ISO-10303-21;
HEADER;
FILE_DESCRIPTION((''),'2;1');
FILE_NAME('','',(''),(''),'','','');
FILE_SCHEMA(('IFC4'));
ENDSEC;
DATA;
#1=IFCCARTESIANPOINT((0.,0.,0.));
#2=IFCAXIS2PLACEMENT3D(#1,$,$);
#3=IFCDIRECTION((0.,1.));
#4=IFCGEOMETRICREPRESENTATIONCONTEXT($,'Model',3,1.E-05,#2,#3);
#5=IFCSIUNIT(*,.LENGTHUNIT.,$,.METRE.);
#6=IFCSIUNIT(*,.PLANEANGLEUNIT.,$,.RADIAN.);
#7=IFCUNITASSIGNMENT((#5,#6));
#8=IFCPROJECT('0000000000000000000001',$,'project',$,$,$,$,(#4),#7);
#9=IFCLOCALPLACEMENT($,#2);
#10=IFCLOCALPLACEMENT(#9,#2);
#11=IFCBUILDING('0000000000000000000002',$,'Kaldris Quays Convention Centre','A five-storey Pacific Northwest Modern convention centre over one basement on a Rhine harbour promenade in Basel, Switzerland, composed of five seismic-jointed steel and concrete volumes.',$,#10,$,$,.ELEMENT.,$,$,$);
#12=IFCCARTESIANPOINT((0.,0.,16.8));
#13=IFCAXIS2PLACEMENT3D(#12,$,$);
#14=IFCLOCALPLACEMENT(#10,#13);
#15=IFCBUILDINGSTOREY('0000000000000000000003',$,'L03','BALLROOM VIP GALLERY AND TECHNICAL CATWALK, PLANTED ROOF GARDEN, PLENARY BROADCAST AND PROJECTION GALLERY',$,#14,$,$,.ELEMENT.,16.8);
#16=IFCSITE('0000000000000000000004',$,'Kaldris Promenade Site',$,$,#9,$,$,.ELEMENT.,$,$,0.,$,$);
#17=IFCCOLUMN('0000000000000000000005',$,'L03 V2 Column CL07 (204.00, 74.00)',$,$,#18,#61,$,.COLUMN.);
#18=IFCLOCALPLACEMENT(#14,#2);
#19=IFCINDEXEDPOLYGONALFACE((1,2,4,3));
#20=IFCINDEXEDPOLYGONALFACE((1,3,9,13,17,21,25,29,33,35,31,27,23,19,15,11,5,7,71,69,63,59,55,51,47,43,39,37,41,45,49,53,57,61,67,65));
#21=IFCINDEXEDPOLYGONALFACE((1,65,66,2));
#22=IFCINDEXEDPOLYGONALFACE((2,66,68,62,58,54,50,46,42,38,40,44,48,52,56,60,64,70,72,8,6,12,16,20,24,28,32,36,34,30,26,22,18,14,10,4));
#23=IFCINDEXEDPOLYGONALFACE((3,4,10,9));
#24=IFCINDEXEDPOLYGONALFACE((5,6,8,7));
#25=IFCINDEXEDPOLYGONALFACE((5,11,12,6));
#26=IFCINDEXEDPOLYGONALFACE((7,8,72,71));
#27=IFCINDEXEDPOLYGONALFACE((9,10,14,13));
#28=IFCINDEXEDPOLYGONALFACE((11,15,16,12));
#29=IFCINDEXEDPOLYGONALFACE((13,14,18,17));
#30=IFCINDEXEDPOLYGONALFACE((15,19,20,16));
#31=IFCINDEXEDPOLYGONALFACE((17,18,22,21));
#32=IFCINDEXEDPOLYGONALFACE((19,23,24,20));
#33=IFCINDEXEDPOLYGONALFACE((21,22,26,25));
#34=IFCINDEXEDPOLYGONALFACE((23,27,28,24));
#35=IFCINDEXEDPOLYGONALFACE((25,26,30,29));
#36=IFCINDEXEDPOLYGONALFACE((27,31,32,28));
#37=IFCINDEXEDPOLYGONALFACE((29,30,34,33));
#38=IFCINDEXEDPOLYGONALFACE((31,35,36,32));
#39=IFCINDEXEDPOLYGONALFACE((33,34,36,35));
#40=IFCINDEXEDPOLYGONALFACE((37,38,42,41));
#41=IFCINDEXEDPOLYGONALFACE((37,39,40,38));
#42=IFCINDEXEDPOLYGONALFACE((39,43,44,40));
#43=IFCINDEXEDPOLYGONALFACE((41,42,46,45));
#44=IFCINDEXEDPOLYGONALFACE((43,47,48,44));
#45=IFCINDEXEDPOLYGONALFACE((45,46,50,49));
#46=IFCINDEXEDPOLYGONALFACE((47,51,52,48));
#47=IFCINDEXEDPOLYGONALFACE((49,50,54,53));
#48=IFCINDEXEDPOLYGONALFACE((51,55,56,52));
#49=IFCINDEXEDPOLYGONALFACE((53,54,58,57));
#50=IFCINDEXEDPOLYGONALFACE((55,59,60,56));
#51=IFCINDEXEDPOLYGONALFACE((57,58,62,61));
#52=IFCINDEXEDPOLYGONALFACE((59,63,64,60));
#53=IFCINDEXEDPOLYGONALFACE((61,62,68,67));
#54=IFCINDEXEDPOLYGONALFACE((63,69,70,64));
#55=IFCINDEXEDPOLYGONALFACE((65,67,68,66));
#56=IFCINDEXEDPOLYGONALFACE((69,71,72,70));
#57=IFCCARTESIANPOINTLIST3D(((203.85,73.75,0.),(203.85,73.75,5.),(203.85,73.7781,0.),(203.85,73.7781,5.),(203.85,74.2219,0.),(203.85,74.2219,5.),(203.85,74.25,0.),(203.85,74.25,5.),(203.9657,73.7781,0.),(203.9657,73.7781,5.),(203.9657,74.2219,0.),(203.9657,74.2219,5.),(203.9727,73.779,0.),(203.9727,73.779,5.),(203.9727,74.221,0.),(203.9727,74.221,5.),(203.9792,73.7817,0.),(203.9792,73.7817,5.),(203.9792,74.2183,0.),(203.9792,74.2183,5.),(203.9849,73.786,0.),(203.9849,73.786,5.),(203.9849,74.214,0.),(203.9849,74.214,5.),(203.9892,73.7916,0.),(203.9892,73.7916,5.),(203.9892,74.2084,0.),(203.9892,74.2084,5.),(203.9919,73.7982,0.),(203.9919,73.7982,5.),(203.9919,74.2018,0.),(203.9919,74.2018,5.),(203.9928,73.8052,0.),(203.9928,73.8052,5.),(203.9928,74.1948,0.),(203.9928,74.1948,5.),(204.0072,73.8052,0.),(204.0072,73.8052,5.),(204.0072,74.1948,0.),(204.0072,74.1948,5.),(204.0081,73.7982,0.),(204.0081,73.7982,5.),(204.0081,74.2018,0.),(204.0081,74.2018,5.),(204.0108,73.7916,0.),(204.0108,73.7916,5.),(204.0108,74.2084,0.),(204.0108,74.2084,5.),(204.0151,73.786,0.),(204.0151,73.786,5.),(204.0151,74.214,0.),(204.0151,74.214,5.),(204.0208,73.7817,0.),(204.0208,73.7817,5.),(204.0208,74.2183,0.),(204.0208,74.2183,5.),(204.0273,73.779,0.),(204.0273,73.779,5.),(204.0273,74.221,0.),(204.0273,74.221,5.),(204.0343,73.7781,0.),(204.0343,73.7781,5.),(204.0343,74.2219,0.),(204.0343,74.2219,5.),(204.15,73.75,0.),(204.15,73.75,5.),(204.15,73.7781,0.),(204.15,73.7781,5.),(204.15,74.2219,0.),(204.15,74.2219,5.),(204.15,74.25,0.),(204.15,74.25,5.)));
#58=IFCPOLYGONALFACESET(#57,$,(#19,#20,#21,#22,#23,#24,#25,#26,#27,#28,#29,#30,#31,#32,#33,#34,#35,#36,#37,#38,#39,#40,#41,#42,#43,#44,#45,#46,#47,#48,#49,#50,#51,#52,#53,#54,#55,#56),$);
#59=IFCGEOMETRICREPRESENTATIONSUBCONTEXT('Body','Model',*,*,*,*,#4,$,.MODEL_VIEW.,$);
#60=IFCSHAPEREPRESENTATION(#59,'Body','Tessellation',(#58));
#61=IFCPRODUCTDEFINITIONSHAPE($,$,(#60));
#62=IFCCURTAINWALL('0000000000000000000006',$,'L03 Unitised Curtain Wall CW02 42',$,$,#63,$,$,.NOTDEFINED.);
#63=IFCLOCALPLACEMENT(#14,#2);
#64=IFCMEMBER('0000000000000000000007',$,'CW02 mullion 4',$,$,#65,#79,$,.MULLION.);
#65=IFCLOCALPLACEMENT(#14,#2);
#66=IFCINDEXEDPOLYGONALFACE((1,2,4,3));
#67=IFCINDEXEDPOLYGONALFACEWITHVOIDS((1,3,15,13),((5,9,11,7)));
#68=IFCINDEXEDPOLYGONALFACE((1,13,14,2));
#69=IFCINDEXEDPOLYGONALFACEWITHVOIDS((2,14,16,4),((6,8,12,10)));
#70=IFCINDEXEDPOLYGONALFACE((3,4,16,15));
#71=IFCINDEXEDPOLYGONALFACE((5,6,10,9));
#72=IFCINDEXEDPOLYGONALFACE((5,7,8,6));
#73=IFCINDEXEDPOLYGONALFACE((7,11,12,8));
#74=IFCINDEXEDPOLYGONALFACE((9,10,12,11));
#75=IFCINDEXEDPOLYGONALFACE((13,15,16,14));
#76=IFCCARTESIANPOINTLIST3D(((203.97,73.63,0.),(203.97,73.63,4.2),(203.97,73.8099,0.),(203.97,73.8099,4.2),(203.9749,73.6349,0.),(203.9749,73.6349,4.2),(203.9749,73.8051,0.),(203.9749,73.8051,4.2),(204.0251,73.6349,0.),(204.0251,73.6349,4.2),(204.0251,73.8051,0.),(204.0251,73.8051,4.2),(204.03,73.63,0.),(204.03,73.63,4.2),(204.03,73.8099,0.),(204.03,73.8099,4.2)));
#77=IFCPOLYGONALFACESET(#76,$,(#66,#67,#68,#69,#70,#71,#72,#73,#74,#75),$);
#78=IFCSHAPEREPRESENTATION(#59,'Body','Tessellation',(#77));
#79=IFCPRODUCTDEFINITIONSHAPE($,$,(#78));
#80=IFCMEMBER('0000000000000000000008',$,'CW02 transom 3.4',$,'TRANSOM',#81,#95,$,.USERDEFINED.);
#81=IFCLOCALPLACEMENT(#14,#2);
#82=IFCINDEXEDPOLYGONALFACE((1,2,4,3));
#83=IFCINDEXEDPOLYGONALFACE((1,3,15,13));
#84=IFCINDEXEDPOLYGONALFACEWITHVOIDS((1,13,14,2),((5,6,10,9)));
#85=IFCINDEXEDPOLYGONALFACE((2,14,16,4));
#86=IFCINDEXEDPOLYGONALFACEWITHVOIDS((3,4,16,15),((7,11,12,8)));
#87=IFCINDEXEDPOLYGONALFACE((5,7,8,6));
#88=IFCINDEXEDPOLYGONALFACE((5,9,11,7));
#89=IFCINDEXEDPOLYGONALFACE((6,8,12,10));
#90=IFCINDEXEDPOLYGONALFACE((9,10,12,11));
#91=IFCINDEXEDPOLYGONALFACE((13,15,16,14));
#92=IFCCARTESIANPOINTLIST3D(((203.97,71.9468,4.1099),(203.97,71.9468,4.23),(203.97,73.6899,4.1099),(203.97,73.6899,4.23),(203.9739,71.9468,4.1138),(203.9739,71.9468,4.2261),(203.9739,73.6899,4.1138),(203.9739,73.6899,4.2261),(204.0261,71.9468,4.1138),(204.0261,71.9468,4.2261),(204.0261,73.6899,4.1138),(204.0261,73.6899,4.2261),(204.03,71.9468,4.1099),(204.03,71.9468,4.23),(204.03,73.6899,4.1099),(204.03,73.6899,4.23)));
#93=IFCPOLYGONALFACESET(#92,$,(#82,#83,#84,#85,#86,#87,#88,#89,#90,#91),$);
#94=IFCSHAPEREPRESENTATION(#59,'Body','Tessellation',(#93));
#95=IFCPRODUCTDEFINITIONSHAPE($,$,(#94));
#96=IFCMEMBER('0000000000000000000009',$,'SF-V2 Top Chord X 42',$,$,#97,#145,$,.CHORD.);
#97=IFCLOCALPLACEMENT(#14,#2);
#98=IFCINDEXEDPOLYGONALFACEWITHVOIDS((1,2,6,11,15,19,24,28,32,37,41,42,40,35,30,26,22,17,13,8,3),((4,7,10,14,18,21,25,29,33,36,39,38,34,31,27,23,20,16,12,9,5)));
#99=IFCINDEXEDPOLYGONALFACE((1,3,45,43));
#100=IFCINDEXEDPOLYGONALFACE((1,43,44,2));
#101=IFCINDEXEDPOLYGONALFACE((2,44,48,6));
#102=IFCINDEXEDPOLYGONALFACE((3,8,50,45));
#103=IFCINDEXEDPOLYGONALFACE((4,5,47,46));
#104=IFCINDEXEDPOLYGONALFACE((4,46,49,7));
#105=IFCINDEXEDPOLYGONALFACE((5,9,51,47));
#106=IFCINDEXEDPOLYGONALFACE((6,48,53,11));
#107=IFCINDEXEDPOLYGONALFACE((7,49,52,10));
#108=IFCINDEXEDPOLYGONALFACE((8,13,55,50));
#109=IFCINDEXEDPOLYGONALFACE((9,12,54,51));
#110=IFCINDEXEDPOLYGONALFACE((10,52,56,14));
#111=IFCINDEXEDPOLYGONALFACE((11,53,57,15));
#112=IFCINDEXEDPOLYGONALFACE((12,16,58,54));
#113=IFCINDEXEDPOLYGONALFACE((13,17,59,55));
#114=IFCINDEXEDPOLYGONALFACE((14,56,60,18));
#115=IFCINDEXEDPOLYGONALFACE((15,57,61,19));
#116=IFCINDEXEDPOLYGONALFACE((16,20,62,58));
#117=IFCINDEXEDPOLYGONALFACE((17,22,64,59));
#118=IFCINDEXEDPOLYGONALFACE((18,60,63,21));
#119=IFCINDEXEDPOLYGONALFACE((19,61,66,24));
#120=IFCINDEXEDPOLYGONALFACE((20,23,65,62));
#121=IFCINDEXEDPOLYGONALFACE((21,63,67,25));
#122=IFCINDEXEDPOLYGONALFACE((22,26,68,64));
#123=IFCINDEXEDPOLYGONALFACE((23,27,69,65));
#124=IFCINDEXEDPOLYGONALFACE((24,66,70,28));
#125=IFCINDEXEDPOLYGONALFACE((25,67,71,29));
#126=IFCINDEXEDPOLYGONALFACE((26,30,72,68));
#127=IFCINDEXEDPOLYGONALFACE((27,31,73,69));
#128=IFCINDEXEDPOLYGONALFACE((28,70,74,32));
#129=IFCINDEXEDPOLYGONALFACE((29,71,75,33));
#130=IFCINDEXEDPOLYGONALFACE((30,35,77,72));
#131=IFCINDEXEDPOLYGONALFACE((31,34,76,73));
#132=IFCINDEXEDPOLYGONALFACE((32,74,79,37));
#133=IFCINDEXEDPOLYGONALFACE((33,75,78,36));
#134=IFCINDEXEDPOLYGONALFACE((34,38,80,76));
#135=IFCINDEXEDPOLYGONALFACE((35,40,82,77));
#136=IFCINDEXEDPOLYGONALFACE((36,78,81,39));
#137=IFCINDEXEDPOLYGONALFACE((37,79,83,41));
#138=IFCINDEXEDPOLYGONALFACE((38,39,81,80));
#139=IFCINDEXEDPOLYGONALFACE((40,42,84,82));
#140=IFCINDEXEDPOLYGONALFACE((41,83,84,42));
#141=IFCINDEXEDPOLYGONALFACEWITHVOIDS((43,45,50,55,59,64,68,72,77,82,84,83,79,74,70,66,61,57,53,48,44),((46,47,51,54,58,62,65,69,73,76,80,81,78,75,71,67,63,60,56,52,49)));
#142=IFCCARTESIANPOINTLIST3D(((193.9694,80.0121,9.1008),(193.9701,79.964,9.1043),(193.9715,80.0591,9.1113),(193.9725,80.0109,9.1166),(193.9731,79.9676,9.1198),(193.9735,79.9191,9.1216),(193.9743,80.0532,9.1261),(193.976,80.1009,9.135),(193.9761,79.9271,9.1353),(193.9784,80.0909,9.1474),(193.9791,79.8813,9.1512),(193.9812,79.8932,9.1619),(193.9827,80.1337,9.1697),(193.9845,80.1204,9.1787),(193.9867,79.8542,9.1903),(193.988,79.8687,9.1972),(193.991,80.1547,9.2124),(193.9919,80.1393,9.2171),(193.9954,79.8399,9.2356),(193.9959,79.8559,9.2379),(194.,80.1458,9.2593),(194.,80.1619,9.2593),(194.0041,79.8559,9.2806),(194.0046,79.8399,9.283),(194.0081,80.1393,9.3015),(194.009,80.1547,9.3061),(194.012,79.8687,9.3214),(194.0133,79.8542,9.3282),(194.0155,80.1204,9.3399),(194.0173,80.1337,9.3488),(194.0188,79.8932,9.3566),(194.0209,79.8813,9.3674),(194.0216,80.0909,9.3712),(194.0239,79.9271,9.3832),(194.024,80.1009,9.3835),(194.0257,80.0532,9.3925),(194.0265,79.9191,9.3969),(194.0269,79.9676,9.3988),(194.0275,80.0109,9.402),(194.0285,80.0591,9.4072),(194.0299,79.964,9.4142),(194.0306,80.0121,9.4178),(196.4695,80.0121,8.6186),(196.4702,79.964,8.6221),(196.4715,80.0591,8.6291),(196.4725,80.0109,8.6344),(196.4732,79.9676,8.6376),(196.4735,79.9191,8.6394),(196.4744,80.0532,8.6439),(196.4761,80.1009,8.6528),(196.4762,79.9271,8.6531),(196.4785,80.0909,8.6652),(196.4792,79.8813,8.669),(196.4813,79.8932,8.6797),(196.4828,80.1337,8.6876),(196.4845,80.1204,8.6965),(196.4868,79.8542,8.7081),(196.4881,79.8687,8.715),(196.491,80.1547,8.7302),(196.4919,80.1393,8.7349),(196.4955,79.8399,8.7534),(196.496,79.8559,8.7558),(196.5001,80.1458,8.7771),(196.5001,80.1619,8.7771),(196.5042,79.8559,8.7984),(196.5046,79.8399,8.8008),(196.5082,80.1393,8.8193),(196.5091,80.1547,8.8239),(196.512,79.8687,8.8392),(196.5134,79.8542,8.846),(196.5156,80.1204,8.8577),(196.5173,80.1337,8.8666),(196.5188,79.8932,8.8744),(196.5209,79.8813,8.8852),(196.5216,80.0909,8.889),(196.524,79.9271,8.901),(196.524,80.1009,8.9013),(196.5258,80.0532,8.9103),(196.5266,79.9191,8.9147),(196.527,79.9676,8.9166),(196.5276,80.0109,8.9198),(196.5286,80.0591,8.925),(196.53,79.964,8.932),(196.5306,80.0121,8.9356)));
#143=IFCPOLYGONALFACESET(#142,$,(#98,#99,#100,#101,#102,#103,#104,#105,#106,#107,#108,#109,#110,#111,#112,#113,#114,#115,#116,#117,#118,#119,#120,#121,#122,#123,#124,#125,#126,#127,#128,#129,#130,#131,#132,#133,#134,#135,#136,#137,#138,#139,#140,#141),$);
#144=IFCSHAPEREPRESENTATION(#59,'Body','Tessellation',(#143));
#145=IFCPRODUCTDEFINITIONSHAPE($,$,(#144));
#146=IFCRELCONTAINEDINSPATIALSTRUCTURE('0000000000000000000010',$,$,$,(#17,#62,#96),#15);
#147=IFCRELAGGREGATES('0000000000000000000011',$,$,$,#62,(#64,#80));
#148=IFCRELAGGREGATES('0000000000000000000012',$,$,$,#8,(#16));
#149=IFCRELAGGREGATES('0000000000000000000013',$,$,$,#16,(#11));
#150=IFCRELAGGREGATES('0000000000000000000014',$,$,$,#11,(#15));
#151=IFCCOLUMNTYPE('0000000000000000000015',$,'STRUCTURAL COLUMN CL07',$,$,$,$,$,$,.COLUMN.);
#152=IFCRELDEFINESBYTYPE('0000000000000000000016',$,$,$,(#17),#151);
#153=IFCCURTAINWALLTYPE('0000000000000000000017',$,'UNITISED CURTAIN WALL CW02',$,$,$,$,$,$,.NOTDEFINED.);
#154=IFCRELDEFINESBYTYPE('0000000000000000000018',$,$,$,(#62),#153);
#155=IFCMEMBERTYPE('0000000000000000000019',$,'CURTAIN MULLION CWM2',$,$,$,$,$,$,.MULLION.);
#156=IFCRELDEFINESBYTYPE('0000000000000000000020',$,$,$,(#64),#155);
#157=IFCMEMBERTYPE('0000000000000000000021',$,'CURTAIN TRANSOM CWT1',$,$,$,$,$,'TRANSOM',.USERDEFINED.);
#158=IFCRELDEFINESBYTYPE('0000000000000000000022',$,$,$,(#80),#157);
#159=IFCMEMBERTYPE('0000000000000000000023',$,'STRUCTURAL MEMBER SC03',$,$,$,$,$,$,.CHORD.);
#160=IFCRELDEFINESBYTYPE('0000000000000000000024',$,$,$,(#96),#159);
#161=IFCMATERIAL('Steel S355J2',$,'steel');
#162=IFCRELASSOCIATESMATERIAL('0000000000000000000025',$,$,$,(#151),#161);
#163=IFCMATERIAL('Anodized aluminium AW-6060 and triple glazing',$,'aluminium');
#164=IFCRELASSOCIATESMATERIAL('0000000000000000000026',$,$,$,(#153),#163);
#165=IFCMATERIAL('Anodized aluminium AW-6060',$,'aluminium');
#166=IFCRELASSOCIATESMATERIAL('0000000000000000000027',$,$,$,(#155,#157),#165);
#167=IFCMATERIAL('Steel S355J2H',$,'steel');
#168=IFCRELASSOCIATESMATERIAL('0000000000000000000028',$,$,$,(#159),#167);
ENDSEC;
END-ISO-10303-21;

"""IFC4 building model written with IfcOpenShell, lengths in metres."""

from ifc_helpers import new_model, si_unit, direction, frame, origin, origin_2d, place, context, subcontext, project, spatial, hollow_rectangle, hollow_circle, i_section, extrude, material, material_profile, profile_set, type_object, element, aggregate, save


model = new_model("IFC4")

# Units and contexts
model_context = context("Model", 3, precision=1e-05, world=origin(), true_north=direction((0.0, 1.0)))
body_context = subcontext(model_context, "Body", "Model", "MODEL_VIEW")
ifc_project = project(units=[si_unit("LENGTHUNIT", "METRE"), si_unit("PLANEANGLEUNIT", "RADIAN")], contexts=[model_context])

# Site, building, storey
site_placement = place(None, origin())
site = spatial("IfcSite", under=ifc_project, at=site_placement, Name="Kaldris Promenade Site", CompositionType="ELEMENT", RefElevation=0.0)
building_placement = place(site_placement, origin())
building = spatial("IfcBuilding", under=site, at=building_placement, Name="Kaldris Quays Convention Centre", Description="A five-storey Pacific Northwest Modern convention centre over one basement on a Rhine harbour promenade in Basel, Switzerland, composed of five seismic-jointed steel and concrete volumes.", CompositionType="ELEMENT")
storey_placement = place(building_placement, frame((0.0, 0.0, 16.8)))
storey = spatial("IfcBuildingStorey", under=building, at=storey_placement, Name="L03", Description="BALLROOM VIP GALLERY AND TECHNICAL CATWALK, PLANTED ROOF GARDEN, PLENARY BROADCAST AND PROJECTION GALLERY", CompositionType="ELEMENT", Elevation=16.8)

# Column
ifc_material_1 = material(Name="Steel S355J2", Category="steel")
ifc_material_profile_1 = material_profile(ifc_material_1, i_section(OverallWidth=0.3, OverallDepth=0.5, WebThickness=0.0144, FlangeThickness=0.0281, FilletRadius=0.0271, at=origin_2d()), Name="HEB 500")
ifc_profile_set_1 = profile_set([ifc_material_profile_1], Name="Steel S355J2")
column_type = type_object("IfcColumnType", Name="STRUCTURAL COLUMN CL07", PredefinedType="COLUMN", material=ifc_profile_set_1)
column_placement = place(storey_placement, frame((204.0, 74.0, 0.0), z_axis=(0.0, 0.0, 1.0), x_axis=(1.0, 0.0, 0.0)))
element("IfcColumn", 1, at=column_placement, inside=storey, type_object=column_type, Name="L03 V2 Column CL07 (204.00, 74.00)", PredefinedType="COLUMN", context=body_context, shape_type="SweptSolid", body=[
    extrude(i_section(OverallWidth=0.3, OverallDepth=0.5, WebThickness=0.0144, FlangeThickness=0.0281, FilletRadius=0.0271, at=origin_2d()), origin(), (0.0, 0.0, 1.0), 5.0),
])

# Curtain wall, members
ifc_material_2 = material(Name="Anodized aluminium AW-6060 and triple glazing", Category="aluminium")
curtain_wall_type = type_object("IfcCurtainWallType", Name="UNITISED CURTAIN WALL CW02", PredefinedType="NOTDEFINED", material=ifc_material_2)
curtain_wall_placement = place(storey_placement, origin())
curtain_wall = element("IfcCurtainWall", 2, at=curtain_wall_placement, inside=storey, type_object=curtain_wall_type, Name="L03 Unitised Curtain Wall CW02 42", PredefinedType="NOTDEFINED")
ifc_material_3 = material(Name="Anodized aluminium AW-6060", Category="aluminium")
ifc_material_profile_2 = material_profile(ifc_material_3, hollow_rectangle(XDim=0.0601, YDim=0.1799, WallThickness=0.0049, at=origin_2d()), Name="RHS 180x60x5")
ifc_profile_set_2 = profile_set([ifc_material_profile_2], Name="Anodized aluminium AW-6060")
member_type_1 = type_object("IfcMemberType", Name="CURTAIN MULLION CWM2", PredefinedType="MULLION", material=ifc_profile_set_2)
member_1_placement = place(storey_placement, frame((204.0, 73.72, 0.0), z_axis=(0.0, 0.0, 1.0), x_axis=(-1.0, 0.0, 0.0)))
member_1 = element("IfcMember", 3, at=member_1_placement, type_object=member_type_1, Name="CW02 mullion 4", PredefinedType="MULLION", context=body_context, shape_type="SweptSolid", body=[
    extrude(hollow_rectangle(XDim=0.0601, YDim=0.1799, WallThickness=0.0049, at=origin_2d()), origin(), (0.0, 0.0, 1.0), 4.2),
])
ifc_material_profile_3 = material_profile(ifc_material_3, hollow_rectangle(XDim=0.0601, YDim=0.1201, WallThickness=0.0039, at=origin_2d()), Name="RHS 120x60x4")
ifc_profile_set_3 = profile_set([ifc_material_profile_3], Name="Anodized aluminium AW-6060")
member_type_2 = type_object("IfcMemberType", Name="CURTAIN TRANSOM CWT1", ElementType="TRANSOM", PredefinedType="USERDEFINED", material=ifc_profile_set_3)
member_2_placement = place(storey_placement, frame((204.0, 71.9468, 4.1699), z_axis=(0.0, 1.0, 0.0), x_axis=(-1.0, 0.0, 0.0)))
member_2 = element("IfcMember", 4, at=member_2_placement, type_object=member_type_2, Name="CW02 transom 3.4", ObjectType="TRANSOM", PredefinedType="USERDEFINED", context=body_context, shape_type="SweptSolid", body=[
    extrude(hollow_rectangle(XDim=0.0601, YDim=0.1201, WallThickness=0.0039, at=origin_2d()), origin(), (0.0, 0.0, 1.0), 1.7432),
])

# Member
ifc_material_4 = material(Name="Steel S355J2H", Category="steel")
ifc_material_profile_4 = material_profile(ifc_material_4, hollow_circle(Radius=0.1619, WallThickness=0.0161, at=origin_2d()), Name="CHS 323.9x16")
ifc_profile_set_4 = profile_set([ifc_material_profile_4], Name="Steel S355J2H")
member_type_3 = type_object("IfcMemberType", Name="STRUCTURAL MEMBER SC03", PredefinedType="CHORD", material=ifc_profile_set_4)
member_3_placement = place(storey_placement, frame((194.0, 80.0, 9.2593), z_axis=(0.981904, 0.0, -0.189381), x_axis=(0.0, 1.0, 0.0)))
element("IfcMember", 5, at=member_3_placement, inside=storey, type_object=member_type_3, Name="SF-V2 Top Chord X 42", PredefinedType="CHORD", context=body_context, shape_type="SweptSolid", body=[
    extrude(hollow_circle(Radius=0.1619, WallThickness=0.0161, at=origin_2d()), origin(), (0.0, 0.0, 1.0), 2.5461),
])

aggregate(curtain_wall, [member_1, member_2])

save(model, "model.ifc")
